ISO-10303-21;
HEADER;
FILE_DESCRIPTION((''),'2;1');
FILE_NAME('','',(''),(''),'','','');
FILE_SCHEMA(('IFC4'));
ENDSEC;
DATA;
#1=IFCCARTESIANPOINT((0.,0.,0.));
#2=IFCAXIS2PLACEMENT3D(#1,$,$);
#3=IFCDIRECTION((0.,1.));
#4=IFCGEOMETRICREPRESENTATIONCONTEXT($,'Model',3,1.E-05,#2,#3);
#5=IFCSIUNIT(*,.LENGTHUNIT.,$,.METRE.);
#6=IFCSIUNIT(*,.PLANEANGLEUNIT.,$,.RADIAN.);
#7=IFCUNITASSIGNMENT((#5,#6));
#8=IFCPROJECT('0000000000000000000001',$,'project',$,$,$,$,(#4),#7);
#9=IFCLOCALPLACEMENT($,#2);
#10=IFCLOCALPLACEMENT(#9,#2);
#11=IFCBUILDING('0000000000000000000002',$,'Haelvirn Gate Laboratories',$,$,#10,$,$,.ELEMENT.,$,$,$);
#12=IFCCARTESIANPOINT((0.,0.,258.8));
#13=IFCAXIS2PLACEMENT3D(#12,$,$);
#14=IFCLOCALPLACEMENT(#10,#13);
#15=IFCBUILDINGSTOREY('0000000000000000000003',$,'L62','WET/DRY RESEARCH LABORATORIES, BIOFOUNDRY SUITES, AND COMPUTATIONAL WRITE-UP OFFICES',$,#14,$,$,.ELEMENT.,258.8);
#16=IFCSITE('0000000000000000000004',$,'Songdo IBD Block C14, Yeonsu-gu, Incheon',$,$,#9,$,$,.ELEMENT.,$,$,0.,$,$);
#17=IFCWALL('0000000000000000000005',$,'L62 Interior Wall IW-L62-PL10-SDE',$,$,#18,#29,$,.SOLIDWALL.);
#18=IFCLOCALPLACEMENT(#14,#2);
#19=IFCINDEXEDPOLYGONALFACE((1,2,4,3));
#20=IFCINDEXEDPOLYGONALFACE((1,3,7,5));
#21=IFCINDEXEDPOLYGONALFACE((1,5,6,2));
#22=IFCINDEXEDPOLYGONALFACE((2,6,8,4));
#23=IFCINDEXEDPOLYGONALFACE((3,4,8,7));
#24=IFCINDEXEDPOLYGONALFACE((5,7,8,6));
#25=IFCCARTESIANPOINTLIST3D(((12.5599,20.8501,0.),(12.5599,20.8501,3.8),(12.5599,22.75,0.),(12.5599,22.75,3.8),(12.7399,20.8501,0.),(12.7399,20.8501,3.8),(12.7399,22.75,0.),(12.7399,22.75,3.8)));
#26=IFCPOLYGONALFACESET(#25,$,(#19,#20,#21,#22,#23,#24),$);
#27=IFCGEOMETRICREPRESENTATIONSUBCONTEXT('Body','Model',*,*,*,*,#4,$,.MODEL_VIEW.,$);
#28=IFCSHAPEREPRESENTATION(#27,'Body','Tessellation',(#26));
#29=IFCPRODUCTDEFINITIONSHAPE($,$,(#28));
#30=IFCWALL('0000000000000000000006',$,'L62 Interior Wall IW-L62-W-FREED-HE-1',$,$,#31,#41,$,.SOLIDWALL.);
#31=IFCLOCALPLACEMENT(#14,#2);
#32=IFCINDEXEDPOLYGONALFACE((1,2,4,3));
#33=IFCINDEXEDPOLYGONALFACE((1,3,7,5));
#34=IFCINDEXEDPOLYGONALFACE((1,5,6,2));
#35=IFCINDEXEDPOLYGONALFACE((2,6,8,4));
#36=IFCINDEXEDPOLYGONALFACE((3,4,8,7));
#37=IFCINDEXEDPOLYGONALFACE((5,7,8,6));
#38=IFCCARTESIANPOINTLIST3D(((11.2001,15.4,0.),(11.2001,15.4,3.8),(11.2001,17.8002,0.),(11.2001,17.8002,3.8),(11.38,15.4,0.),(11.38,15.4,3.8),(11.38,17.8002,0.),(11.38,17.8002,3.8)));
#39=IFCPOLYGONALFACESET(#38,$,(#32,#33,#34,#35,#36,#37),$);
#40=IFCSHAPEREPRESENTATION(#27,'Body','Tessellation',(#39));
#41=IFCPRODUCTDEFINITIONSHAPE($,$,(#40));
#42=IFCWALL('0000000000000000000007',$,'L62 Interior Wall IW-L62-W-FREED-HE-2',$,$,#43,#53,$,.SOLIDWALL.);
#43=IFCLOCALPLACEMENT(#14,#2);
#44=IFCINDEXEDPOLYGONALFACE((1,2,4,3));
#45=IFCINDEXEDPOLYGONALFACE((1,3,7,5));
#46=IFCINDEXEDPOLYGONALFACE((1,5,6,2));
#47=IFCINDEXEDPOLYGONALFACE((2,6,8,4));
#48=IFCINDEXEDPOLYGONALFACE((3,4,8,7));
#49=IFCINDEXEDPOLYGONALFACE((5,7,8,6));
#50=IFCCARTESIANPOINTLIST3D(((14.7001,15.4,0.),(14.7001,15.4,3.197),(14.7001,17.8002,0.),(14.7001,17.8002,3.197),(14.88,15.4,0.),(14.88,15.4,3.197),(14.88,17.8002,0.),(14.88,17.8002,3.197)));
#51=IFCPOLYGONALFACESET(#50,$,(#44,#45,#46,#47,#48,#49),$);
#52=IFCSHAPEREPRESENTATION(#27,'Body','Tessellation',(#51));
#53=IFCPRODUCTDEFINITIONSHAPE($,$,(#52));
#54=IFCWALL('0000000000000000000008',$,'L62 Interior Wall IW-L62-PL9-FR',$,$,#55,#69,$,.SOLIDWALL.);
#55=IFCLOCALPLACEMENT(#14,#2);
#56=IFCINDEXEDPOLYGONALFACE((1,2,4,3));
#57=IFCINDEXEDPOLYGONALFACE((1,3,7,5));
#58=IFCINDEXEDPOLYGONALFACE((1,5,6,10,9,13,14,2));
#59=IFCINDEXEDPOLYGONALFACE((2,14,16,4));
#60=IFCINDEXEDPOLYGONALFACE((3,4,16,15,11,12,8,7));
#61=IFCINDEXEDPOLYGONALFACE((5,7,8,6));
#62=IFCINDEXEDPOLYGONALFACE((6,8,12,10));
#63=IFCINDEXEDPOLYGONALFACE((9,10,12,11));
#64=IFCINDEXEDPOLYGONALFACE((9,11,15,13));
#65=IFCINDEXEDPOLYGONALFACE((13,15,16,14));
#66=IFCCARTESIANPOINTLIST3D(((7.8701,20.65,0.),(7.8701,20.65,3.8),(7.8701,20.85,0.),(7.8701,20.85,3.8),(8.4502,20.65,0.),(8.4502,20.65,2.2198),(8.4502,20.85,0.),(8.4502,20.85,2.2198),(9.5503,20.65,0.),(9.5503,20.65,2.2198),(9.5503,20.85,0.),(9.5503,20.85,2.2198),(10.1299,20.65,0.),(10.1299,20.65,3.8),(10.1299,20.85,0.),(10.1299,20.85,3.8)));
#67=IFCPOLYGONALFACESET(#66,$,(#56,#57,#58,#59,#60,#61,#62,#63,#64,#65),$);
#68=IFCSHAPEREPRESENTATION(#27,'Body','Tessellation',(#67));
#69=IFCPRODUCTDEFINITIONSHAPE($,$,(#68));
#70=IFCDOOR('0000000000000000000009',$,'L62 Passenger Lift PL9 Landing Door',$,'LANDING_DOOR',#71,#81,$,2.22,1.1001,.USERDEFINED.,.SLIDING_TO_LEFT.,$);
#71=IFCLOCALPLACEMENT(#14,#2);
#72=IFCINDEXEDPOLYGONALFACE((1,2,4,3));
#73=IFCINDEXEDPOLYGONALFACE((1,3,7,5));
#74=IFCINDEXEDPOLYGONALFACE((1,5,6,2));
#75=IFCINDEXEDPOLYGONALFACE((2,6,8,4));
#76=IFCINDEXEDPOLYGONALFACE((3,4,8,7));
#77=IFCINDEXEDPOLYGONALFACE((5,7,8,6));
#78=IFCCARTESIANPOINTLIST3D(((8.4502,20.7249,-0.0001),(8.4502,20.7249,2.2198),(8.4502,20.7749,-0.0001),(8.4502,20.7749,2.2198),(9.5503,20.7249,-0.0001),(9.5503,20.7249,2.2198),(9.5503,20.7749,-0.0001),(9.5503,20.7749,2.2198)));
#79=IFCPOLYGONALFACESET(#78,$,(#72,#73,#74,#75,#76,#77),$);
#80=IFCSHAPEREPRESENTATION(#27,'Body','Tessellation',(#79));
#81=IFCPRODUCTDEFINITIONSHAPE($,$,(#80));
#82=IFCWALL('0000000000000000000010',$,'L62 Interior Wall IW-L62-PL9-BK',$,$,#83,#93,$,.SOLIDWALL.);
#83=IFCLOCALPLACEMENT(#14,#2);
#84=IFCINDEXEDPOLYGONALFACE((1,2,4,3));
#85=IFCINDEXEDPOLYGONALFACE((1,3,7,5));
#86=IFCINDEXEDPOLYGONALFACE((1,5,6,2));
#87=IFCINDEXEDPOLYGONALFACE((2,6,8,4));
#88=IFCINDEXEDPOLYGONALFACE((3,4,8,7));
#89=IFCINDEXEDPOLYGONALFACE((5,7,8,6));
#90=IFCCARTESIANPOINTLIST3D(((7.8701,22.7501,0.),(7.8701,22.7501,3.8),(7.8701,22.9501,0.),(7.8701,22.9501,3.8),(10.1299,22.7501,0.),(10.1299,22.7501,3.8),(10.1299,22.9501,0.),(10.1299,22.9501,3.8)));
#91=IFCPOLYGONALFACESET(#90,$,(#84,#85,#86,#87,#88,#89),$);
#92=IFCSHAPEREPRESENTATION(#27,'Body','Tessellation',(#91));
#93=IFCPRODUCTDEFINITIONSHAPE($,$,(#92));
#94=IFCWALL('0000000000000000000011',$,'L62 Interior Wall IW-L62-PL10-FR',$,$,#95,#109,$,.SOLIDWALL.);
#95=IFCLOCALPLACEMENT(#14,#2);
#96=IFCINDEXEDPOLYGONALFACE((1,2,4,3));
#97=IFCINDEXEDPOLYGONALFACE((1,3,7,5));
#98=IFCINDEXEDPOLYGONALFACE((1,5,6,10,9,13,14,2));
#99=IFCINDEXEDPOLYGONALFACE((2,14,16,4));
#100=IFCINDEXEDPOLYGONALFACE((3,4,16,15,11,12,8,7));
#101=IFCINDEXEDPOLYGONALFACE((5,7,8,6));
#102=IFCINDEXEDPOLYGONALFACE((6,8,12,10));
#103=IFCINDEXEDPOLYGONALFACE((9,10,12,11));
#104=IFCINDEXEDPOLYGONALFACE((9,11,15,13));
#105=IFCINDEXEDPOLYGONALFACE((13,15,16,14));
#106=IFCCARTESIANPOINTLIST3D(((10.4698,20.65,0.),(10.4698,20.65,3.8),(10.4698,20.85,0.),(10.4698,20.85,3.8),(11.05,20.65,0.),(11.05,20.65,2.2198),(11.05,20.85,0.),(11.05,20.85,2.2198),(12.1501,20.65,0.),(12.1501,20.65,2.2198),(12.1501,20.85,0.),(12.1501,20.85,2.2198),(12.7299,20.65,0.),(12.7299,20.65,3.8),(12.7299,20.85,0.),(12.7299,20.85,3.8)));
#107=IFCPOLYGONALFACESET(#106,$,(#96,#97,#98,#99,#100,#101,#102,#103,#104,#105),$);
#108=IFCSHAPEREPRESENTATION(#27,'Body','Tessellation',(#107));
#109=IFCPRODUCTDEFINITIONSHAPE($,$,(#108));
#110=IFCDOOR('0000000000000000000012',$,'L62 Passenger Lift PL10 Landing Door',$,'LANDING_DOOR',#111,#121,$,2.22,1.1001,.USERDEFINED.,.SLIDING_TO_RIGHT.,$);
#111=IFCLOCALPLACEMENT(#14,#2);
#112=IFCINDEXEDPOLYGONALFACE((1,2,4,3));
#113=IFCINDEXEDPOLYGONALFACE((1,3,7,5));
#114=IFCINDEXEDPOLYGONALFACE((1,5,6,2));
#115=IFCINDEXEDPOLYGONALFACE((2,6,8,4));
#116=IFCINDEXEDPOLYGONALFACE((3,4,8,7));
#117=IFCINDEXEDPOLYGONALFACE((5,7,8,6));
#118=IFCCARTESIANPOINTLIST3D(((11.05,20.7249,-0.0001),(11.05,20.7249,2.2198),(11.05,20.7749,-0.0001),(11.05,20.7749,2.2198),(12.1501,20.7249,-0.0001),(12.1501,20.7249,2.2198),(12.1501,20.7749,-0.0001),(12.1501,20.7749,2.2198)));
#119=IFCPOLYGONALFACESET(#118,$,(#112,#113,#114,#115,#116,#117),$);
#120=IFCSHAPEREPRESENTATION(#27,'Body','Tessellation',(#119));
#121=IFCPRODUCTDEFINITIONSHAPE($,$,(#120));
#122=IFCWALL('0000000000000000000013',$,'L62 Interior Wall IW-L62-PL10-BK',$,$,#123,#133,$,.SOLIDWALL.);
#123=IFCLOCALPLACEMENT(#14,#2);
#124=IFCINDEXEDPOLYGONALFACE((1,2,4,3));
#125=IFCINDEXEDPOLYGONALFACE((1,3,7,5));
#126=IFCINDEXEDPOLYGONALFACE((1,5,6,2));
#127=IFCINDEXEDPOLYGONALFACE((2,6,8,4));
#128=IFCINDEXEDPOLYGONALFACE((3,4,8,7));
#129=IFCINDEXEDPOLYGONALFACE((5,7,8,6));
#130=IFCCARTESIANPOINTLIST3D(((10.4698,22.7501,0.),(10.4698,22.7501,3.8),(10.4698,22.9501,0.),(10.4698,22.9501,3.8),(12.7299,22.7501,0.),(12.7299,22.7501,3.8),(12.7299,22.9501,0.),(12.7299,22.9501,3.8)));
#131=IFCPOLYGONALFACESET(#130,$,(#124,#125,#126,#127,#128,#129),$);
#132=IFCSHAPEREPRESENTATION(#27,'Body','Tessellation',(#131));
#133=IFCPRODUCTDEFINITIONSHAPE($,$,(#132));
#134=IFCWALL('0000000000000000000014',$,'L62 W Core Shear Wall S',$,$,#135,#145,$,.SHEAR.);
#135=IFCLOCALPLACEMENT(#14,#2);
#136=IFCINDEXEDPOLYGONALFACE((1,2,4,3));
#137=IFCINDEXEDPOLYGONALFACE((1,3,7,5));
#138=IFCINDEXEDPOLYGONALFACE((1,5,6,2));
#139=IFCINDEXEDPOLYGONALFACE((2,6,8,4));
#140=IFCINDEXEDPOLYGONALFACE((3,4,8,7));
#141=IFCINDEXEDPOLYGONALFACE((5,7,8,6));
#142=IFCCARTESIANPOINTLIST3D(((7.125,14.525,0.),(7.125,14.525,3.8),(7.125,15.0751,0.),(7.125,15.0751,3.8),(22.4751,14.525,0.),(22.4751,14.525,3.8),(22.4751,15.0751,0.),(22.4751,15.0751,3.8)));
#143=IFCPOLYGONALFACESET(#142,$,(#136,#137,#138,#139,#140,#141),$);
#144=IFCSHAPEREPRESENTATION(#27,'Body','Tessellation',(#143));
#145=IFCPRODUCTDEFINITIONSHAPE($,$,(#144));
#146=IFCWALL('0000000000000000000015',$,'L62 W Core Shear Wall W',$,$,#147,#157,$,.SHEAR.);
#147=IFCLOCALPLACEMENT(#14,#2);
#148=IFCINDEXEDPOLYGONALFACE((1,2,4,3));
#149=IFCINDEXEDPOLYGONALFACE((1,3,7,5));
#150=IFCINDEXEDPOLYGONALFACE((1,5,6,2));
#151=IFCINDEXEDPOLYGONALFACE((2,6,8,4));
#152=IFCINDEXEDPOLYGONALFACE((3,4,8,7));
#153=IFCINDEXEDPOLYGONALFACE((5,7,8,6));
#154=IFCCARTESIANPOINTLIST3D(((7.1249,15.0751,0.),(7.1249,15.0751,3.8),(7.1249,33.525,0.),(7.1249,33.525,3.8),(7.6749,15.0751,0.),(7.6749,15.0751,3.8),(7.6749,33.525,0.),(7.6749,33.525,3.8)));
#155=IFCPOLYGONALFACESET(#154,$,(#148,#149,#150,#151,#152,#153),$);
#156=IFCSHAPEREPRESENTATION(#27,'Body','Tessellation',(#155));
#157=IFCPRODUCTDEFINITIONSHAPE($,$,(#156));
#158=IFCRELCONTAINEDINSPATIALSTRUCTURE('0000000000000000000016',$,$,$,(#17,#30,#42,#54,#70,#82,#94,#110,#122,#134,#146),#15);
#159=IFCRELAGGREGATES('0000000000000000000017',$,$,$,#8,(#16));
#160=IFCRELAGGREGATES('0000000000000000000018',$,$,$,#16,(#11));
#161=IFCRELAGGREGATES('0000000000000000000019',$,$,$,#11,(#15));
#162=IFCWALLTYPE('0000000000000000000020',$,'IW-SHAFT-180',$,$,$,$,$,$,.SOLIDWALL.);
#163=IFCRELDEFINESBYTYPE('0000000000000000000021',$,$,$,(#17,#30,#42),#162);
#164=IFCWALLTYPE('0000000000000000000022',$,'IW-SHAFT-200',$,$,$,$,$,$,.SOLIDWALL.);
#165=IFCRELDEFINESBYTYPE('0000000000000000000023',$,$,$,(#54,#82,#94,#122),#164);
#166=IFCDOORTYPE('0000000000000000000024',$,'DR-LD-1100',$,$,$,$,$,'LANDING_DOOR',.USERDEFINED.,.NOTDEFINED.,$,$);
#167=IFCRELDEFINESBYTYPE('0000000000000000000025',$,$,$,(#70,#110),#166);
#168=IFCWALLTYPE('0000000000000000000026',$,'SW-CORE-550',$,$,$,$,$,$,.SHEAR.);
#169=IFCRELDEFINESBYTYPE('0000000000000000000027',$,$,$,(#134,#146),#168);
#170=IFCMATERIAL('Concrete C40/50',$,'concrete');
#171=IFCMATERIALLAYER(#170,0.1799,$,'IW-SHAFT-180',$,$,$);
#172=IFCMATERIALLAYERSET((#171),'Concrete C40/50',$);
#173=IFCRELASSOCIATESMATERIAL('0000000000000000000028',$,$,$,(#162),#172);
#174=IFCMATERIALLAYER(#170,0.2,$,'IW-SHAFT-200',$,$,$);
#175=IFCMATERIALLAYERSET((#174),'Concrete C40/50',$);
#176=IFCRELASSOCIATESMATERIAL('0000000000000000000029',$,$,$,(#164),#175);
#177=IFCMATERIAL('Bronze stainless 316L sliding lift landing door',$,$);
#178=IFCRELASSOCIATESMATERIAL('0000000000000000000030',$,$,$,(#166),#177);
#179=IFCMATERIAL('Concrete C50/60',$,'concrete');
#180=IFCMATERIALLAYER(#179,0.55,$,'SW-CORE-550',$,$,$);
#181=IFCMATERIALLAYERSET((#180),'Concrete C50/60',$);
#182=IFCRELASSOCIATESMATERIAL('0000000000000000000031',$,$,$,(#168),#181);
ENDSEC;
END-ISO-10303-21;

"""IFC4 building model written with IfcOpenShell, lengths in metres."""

from ifc_helpers import new_model, si_unit, direction, frame, frame_2d, origin, place, context, subcontext, project, spatial, rectangle, extrude, source, transform, mapped, material, layer, layer_set, type_object, type_shapes, element, fill, save


model = new_model("IFC4")

# Units and contexts
model_context = context("Model", 3, precision=1e-05, world=origin(), true_north=direction((0.0, 1.0)))
body_context = subcontext(model_context, "Body", "Model", "MODEL_VIEW")
ifc_project = project(units=[si_unit("LENGTHUNIT", "METRE"), si_unit("PLANEANGLEUNIT", "RADIAN")], contexts=[model_context])

# Site, building, storey
site_placement = place(None, origin())
site = spatial("IfcSite", under=ifc_project, at=site_placement, Name="Songdo IBD Block C14, Yeonsu-gu, Incheon", CompositionType="ELEMENT", RefElevation=0.0)
building_placement = place(site_placement, origin())
building = spatial("IfcBuilding", under=site, at=building_placement, Name="Haelvirn Gate Laboratories", CompositionType="ELEMENT")
storey_placement = place(building_placement, frame((0.0, 0.0, 258.8)))
storey = spatial("IfcBuildingStorey", under=building, at=storey_placement, Name="L62", Description="WET/DRY RESEARCH LABORATORIES, BIOFOUNDRY SUITES, AND COMPUTATIONAL WRITE-UP OFFICES", CompositionType="ELEMENT", Elevation=258.8)

# Wall
ifc_material_1 = material(Name="Concrete C40/50", Category="concrete")
ifc_layer_1 = layer(ifc_material_1, 0.1799, Name="IW-SHAFT-180")
ifc_layer_set_1 = layer_set([ifc_layer_1], Name="Concrete C40/50")
wall_type_1 = type_object("IfcWallType", Name="IW-SHAFT-180", PredefinedType="SOLIDWALL", material=ifc_layer_set_1)
for number, where, z_axis, x_axis, name in (
    (1, (12.6499, 20.8501, 0.0), (0.0, 0.0, 1.0), (0.0, 1.0, 0.0), "L62 Interior Wall IW-L62-PL10-SDE"),
):
    element("IfcWall", number, at=place(storey_placement, frame(where, z_axis=z_axis, x_axis=x_axis)), inside=storey, type_object=wall_type_1, Name=name, PredefinedType="SOLIDWALL", context=body_context, shape_type="SweptSolid", body=[
        extrude(rectangle(XDim=1.8999, YDim=0.1799, at=frame_2d((0.95, 0.0))), origin(), (0.0, 0.0, 1.0), 3.8),
    ])

# Wall
wall_1_placement = place(storey_placement, frame((11.29, 15.3999, 0.0), z_axis=(0.0, 0.0, 1.0), x_axis=(0.0, 1.0, 0.0)))
element("IfcWall", 2, at=wall_1_placement, inside=storey, type_object=wall_type_1, Name="L62 Interior Wall IW-L62-W-FREED-HE-1", PredefinedType="SOLIDWALL", context=body_context, shape_type="SweptSolid", body=[
    extrude(rectangle(XDim=2.4001, YDim=0.1799, at=frame_2d((1.2002, 0.0))), origin(), (0.0, 0.0, 1.0), 3.8),
])

# Wall
wall_2_placement = place(storey_placement, frame((14.79, 15.3999, 0.0), z_axis=(0.0, 0.0, 1.0), x_axis=(0.0, 1.0, 0.0)))
element("IfcWall", 3, at=wall_2_placement, inside=storey, type_object=wall_type_1, Name="L62 Interior Wall IW-L62-W-FREED-HE-2", PredefinedType="SOLIDWALL", context=body_context, shape_type="SweptSolid", body=[
    extrude(rectangle(XDim=2.4001, YDim=0.1799, at=frame_2d((1.2002, 0.0))), origin(), (0.0, 0.0, 1.0), 3.197),
])

# Wall, opening, door
ifc_layer_2 = layer(ifc_material_1, 0.2, Name="IW-SHAFT-200")
ifc_layer_set_2 = layer_set([ifc_layer_2], Name="Concrete C40/50")
wall_type_2 = type_object("IfcWallType", Name="IW-SHAFT-200", PredefinedType="SOLIDWALL", material=ifc_layer_set_2)
wall_3_placement = place(storey_placement, frame((7.8701, 20.75, 0.0), z_axis=(0.0, 0.0, 1.0), x_axis=(1.0, 0.0, 0.0)))
wall_3 = element("IfcWall", 4, at=wall_3_placement, inside=storey, type_object=wall_type_2, Name="L62 Interior Wall IW-L62-PL9-FR", PredefinedType="SOLIDWALL", context=body_context, shape_type="SweptSolid", body=[
    extrude(rectangle(XDim=2.2598, YDim=0.2, at=frame_2d((1.1299, 0.0))), origin(), (0.0, 0.0, 1.0), 3.8),
])
opening_1_placement = place(wall_3_placement, frame((0.5801, 0.0, 0.0)))
opening_1 = element("IfcOpeningElement", 5, at=opening_1_placement, cuts=wall_3, PredefinedType="OPENING", context=body_context, shape_type="SweptSolid", body=[
    extrude(rectangle(XDim=1.1001, YDim=2.22, at=frame_2d((0.55, 1.1099))), frame((0.0, 0.1099, 0.0), z_axis=(0.0, -1.0, 0.0), x_axis=(1.0, 0.0, 0.0)), (0.0, 0.0, 1.0), 0.22),
])
ifc_material_2 = material(Name="Bronze stainless 316L sliding lift landing door")
door_type_1 = type_object("IfcDoorType", Name="DR-LD-1100", ElementType="LANDING_DOOR", OperationType="NOTDEFINED", PredefinedType="USERDEFINED", material=ifc_material_2)
shared_shape_1 = source(origin(), body_context, "Body", "SweptSolid", [
    extrude(rectangle(XDim=1.1001, YDim=2.22, at=frame_2d((0.55, 1.1099))), frame((0.0, 0.0249, 0.0), z_axis=(0.0, -1.0, 0.0), x_axis=(1.0, 0.0, 0.0)), (0.0, 0.0, 1.0), 0.05),
])
type_shapes(door_type_1, [shared_shape_1])
door_1_placement = place(opening_1_placement, origin())
door_1 = element("IfcDoor", 6, at=door_1_placement, inside=storey, type_object=door_type_1, Name="L62 Passenger Lift PL9 Landing Door", ObjectType="LANDING_DOOR", OperationType="SLIDING_TO_LEFT", OverallHeight=2.22, OverallWidth=1.1001, PredefinedType="USERDEFINED", context=body_context, shape_type="MappedRepresentation", body=[
    mapped(shared_shape_1, transform((0.0, 0.0, 0.0), scale=1.0)),
])
fill(opening_1, door_1)

# Wall
wall_4_placement = place(storey_placement, frame((7.8701, 22.8501, 0.0), z_axis=(0.0, 0.0, 1.0), x_axis=(1.0, 0.0, 0.0)))
element("IfcWall", 7, at=wall_4_placement, inside=storey, type_object=wall_type_2, Name="L62 Interior Wall IW-L62-PL9-BK", PredefinedType="SOLIDWALL", context=body_context, shape_type="SweptSolid", body=[
    extrude(rectangle(XDim=2.2598, YDim=0.2, at=frame_2d((1.1299, 0.0))), origin(), (0.0, 0.0, 1.0), 3.8),
])

# Wall, opening, door
wall_5_placement = place(storey_placement, frame((10.47, 20.75, 0.0), z_axis=(0.0, 0.0, 1.0), x_axis=(1.0, 0.0, 0.0)))
wall_5 = element("IfcWall", 8, at=wall_5_placement, inside=storey, type_object=wall_type_2, Name="L62 Interior Wall IW-L62-PL10-FR", PredefinedType="SOLIDWALL", context=body_context, shape_type="SweptSolid", body=[
    extrude(rectangle(XDim=2.26, YDim=0.2, at=frame_2d((1.1299, 0.0))), origin(), (0.0, 0.0, 1.0), 3.8),
])
opening_2_placement = place(wall_5_placement, frame((0.5801, 0.0, 0.0)))
opening_2 = element("IfcOpeningElement", 9, at=opening_2_placement, cuts=wall_5, PredefinedType="OPENING", context=body_context, shape_type="SweptSolid", body=[
    extrude(rectangle(XDim=1.1001, YDim=2.22, at=frame_2d((0.55, 1.1099))), frame((0.0, 0.1099, 0.0), z_axis=(0.0, -1.0, 0.0), x_axis=(1.0, 0.0, 0.0)), (0.0, 0.0, 1.0), 0.22),
])
door_2_placement = place(opening_2_placement, origin())
door_2 = element("IfcDoor", 10, at=door_2_placement, inside=storey, type_object=door_type_1, Name="L62 Passenger Lift PL10 Landing Door", ObjectType="LANDING_DOOR", OperationType="SLIDING_TO_RIGHT", OverallHeight=2.22, OverallWidth=1.1001, PredefinedType="USERDEFINED", context=body_context, shape_type="MappedRepresentation", body=[
    mapped(shared_shape_1, transform((0.0, 0.0, 0.0), scale=1.0)),
])
fill(opening_2, door_2)

# Walls
wall_6_placement = place(storey_placement, frame((10.47, 22.8501, 0.0), z_axis=(0.0, 0.0, 1.0), x_axis=(1.0, 0.0, 0.0)))
element("IfcWall", 11, at=wall_6_placement, inside=storey, type_object=wall_type_2, Name="L62 Interior Wall IW-L62-PL10-BK", PredefinedType="SOLIDWALL", context=body_context, shape_type="SweptSolid", body=[
    extrude(rectangle(XDim=2.26, YDim=0.2, at=frame_2d((1.1299, 0.0))), origin(), (0.0, 0.0, 1.0), 3.8),
])
ifc_material_3 = material(Name="Concrete C50/60", Category="concrete")
ifc_layer_3 = layer(ifc_material_3, 0.55, Name="SW-CORE-550")
ifc_layer_set_3 = layer_set([ifc_layer_3], Name="Concrete C50/60")
wall_type_3 = type_object("IfcWallType", Name="SW-CORE-550", PredefinedType="SHEAR", material=ifc_layer_set_3)
wall_7_placement = place(storey_placement, frame((7.125, 14.8, 0.0), z_axis=(0.0, 0.0, 1.0), x_axis=(1.0, 0.0, 0.0)))
element("IfcWall", 12, at=wall_7_placement, inside=storey, type_object=wall_type_3, Name="L62 W Core Shear Wall S", PredefinedType="SHEAR", context=body_context, shape_type="SweptSolid", body=[
    extrude(rectangle(XDim=15.3501, YDim=0.55, at=frame_2d((7.675, 0.0))), origin(), (0.0, 0.0, 1.0), 3.8),
])
wall_8_placement = place(storey_placement, frame((7.3999, 15.075, 0.0), z_axis=(0.0, 0.0, 1.0), x_axis=(0.0, 1.0, 0.0)))
element("IfcWall", 13, at=wall_8_placement, inside=storey, type_object=wall_type_3, Name="L62 W Core Shear Wall W", PredefinedType="SHEAR", context=body_context, shape_type="SweptSolid", body=[
    extrude(rectangle(XDim=18.45, YDim=0.55, at=frame_2d((9.2251, 0.0))), origin(), (0.0, 0.0, 1.0), 3.8),
])

save(model, "model.ifc")
